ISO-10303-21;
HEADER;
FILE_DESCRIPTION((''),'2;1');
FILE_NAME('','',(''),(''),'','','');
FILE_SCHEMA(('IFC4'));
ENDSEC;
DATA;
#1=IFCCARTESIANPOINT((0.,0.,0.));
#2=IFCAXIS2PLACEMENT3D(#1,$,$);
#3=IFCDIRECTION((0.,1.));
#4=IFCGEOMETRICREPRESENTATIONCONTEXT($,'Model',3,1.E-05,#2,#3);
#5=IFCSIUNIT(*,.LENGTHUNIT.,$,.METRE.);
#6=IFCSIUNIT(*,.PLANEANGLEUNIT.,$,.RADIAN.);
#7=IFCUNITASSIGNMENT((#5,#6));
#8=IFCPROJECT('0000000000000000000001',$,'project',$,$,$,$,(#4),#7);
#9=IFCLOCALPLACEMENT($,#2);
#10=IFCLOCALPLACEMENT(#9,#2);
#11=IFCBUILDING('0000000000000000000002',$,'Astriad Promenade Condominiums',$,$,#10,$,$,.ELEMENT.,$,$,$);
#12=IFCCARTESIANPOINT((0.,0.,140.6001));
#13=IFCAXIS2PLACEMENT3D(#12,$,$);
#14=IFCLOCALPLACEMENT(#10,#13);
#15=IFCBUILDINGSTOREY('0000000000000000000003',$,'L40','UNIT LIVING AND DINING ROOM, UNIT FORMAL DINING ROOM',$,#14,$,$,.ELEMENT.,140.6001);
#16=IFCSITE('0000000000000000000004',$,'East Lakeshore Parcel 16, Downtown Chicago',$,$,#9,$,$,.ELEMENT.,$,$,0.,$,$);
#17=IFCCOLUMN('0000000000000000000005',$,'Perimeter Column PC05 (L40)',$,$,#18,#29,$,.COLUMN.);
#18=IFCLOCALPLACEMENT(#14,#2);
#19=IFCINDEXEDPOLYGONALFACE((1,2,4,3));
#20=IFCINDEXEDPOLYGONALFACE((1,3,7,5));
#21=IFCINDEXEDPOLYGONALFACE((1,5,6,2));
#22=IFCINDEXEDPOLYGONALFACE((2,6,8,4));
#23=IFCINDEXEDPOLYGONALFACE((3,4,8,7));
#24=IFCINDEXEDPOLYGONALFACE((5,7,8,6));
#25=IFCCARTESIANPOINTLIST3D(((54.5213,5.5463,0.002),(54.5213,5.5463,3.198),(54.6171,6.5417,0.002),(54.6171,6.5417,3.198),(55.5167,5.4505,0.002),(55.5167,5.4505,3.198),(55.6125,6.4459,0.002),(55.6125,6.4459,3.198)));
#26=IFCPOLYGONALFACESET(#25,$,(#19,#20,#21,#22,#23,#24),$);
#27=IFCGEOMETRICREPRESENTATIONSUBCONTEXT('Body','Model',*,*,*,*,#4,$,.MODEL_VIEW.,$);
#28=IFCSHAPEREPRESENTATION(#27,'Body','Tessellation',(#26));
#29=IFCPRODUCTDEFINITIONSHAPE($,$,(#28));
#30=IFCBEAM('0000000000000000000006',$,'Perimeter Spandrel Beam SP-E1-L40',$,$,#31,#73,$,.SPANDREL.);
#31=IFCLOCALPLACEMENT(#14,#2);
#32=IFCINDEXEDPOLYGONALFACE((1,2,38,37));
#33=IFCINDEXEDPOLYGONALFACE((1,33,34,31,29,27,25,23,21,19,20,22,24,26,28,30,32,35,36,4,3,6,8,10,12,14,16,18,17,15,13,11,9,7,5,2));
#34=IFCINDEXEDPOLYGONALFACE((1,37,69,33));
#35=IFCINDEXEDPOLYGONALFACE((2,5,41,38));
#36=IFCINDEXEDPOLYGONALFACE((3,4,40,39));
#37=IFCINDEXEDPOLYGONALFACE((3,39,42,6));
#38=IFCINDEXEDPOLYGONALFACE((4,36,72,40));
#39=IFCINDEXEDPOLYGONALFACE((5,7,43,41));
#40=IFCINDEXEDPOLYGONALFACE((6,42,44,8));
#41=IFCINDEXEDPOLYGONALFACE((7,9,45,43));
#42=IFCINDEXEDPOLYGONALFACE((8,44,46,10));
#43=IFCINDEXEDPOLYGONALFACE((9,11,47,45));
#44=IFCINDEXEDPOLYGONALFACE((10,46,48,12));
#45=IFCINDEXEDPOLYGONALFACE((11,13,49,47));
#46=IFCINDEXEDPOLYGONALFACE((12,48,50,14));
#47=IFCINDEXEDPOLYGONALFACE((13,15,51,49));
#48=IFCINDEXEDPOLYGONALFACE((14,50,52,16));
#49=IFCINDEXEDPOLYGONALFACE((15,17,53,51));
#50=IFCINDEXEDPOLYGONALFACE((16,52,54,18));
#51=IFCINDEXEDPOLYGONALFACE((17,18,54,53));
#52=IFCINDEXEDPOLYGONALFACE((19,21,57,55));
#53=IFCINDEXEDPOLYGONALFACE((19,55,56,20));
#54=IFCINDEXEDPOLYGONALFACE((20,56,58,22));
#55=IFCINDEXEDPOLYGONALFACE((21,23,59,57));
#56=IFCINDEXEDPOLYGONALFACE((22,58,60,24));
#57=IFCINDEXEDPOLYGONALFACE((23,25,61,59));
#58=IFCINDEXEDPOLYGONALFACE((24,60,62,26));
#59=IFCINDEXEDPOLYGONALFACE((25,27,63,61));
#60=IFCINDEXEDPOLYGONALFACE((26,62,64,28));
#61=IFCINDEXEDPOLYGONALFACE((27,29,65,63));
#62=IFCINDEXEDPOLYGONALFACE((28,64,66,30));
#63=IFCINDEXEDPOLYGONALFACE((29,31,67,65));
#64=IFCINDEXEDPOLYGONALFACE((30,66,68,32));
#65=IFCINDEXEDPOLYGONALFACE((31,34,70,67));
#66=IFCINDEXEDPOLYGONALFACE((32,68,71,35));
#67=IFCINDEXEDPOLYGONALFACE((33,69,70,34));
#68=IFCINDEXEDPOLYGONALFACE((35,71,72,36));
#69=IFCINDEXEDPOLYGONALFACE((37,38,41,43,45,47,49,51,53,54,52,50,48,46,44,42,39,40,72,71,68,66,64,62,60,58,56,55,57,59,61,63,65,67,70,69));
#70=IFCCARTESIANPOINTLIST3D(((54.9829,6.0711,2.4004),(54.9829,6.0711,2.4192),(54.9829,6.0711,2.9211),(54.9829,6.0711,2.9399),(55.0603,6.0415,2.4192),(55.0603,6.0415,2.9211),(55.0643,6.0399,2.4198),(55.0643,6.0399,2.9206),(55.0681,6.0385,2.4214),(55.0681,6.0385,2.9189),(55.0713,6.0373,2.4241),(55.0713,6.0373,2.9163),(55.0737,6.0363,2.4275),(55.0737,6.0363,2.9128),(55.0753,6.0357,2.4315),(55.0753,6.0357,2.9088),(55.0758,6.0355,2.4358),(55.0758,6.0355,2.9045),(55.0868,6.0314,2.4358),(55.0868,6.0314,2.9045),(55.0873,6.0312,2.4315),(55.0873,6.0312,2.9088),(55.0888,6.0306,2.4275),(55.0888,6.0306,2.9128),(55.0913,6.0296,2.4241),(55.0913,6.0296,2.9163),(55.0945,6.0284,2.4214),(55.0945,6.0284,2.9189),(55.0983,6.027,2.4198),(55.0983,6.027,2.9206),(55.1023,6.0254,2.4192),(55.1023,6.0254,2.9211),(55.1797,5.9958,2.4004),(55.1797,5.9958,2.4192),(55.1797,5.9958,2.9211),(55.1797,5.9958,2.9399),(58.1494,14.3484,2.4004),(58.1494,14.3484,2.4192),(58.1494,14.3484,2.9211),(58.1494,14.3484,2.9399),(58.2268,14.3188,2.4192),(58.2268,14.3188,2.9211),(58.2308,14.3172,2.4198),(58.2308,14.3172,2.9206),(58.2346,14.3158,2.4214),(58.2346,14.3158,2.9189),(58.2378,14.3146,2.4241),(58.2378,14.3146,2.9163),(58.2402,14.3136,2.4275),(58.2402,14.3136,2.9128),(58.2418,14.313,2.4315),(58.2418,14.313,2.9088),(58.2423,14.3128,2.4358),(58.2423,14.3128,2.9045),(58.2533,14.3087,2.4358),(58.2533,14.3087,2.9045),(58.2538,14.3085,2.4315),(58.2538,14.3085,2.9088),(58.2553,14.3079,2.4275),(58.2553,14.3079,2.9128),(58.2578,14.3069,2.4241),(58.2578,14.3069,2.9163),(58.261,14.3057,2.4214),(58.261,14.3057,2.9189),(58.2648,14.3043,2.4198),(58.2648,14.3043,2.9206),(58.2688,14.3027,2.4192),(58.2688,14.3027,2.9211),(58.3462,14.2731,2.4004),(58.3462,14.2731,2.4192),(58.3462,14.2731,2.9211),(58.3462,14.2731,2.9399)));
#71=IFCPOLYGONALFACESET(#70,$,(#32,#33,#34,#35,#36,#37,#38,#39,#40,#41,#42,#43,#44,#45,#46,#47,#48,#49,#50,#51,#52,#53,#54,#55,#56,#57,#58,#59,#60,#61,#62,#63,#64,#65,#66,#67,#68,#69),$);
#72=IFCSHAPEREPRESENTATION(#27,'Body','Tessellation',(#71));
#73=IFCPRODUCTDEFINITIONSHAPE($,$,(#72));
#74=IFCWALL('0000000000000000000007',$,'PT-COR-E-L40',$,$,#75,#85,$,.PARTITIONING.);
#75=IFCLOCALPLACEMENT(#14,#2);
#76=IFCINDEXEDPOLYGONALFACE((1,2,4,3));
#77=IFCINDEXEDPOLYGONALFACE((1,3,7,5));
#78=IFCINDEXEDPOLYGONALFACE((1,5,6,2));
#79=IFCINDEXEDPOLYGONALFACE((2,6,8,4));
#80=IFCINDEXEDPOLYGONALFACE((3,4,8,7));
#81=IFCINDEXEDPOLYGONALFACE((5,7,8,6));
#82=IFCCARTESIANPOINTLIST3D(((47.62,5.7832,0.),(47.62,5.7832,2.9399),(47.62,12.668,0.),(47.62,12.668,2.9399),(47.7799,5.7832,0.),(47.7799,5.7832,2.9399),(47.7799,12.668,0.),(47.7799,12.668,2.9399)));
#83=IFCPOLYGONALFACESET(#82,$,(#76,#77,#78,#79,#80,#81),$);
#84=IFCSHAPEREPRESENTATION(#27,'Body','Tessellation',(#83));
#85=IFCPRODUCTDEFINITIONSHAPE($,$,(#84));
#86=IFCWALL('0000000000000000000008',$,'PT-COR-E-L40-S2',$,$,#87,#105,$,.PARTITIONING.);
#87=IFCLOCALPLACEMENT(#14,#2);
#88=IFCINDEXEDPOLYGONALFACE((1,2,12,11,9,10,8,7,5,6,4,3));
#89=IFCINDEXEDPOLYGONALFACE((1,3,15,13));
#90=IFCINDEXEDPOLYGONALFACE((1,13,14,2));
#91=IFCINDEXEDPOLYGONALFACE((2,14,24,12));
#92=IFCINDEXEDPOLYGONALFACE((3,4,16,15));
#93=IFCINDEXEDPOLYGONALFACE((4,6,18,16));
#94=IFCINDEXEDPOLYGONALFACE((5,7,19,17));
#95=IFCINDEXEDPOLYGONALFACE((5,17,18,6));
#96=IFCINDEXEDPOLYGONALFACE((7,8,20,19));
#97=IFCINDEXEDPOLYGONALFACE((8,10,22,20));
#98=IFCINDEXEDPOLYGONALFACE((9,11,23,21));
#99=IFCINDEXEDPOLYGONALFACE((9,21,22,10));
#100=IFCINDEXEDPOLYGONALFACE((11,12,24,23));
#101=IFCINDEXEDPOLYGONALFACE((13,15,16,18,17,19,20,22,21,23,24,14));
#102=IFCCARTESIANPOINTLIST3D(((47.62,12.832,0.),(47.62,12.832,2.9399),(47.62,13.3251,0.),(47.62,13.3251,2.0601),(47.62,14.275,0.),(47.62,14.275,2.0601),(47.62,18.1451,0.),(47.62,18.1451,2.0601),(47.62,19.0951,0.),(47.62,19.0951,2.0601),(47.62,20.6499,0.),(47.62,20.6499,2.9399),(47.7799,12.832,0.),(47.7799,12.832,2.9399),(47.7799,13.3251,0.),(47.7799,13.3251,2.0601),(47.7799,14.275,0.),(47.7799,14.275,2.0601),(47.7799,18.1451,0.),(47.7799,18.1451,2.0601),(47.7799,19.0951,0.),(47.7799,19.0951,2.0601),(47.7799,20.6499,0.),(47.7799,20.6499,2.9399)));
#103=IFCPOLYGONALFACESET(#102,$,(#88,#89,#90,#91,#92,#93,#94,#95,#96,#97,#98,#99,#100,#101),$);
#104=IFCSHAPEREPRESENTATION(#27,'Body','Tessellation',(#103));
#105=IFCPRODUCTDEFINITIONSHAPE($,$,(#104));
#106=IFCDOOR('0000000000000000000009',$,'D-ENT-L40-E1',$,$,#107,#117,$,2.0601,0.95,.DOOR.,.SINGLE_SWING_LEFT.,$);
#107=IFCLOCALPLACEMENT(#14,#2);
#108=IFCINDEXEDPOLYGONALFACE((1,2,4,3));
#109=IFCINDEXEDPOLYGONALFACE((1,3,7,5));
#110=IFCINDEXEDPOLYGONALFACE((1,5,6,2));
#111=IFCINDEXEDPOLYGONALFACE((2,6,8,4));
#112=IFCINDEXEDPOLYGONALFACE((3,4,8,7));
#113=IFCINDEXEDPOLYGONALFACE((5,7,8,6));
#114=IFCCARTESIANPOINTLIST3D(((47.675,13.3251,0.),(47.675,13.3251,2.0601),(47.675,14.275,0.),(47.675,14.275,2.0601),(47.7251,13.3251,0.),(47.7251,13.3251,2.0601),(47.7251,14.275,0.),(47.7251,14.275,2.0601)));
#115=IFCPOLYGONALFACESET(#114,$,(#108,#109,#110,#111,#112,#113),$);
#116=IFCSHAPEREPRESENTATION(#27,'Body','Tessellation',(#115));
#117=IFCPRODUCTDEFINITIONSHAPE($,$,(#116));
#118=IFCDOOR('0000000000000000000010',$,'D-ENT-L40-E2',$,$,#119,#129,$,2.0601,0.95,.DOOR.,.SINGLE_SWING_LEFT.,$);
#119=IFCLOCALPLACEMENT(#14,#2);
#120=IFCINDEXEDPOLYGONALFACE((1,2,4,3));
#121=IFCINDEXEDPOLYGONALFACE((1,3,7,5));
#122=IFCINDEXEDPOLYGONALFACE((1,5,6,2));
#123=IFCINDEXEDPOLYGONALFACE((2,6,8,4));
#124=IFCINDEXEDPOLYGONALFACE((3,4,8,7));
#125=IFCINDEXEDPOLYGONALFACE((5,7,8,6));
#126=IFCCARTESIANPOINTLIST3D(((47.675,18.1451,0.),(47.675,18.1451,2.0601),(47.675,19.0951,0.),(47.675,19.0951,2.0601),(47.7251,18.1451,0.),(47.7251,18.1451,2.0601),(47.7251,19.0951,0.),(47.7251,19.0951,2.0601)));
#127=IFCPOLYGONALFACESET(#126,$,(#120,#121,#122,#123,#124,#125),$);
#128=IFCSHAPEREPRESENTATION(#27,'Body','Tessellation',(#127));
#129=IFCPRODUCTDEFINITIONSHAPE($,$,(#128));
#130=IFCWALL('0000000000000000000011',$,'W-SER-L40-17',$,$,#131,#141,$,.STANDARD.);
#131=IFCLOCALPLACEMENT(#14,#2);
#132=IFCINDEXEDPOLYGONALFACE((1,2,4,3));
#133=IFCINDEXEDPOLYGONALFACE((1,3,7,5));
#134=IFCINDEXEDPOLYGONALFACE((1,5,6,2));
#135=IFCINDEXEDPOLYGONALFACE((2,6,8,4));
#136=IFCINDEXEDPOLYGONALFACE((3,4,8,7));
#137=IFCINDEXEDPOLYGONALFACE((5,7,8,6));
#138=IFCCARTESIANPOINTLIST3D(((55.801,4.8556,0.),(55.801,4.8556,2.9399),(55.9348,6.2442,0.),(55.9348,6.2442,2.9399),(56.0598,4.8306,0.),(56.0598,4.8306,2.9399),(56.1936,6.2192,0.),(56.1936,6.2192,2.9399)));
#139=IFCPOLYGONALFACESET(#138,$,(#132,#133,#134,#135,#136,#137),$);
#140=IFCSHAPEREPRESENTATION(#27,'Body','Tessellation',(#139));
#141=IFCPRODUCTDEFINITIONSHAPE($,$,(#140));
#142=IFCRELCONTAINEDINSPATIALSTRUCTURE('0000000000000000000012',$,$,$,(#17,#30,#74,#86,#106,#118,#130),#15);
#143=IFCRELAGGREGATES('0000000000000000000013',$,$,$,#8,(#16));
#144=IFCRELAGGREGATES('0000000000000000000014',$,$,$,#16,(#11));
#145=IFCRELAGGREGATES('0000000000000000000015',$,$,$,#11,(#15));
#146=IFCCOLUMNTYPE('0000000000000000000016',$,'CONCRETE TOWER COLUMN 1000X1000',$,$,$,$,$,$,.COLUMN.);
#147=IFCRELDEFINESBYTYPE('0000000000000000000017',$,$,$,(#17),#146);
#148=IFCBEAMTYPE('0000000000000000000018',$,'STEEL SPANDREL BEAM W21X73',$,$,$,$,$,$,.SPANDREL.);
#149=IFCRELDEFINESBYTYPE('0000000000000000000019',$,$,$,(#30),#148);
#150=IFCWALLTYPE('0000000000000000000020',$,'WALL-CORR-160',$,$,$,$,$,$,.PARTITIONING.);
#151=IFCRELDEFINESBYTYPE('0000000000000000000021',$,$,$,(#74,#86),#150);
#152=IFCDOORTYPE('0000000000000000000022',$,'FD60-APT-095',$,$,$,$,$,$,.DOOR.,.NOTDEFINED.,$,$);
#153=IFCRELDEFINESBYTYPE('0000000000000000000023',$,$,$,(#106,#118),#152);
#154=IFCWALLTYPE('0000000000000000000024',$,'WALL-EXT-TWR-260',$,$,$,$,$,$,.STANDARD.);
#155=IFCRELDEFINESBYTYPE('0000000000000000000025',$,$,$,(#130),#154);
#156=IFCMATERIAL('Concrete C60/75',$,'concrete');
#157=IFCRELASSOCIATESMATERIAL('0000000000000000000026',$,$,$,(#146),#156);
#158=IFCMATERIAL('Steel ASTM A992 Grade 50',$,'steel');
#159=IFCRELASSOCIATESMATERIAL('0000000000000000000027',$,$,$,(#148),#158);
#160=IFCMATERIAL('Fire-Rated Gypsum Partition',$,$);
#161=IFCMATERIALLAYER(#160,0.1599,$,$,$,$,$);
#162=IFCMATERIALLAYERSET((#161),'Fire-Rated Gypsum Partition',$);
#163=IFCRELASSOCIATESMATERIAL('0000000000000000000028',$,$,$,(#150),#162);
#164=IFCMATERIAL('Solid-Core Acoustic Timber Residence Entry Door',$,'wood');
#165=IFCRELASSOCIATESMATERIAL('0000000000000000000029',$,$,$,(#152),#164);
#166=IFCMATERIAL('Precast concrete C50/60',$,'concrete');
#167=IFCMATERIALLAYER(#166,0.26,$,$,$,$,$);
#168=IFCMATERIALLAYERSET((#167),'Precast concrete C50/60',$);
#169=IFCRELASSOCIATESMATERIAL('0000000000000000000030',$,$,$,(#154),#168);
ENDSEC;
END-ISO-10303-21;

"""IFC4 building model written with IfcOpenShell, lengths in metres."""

from ifc_helpers import new_model, si_unit, direction, frame, frame_2d, origin, origin_2d, place, context, subcontext, project, spatial, rectangle, i_section, extrude, source, transform, mapped, material, layer, layer_set, material_profile, profile_set, type_object, type_shapes, element, fill, save


model = new_model("IFC4")

# Units and contexts
model_context = context("Model", 3, precision=1e-05, world=origin(), true_north=direction((0.0, 1.0)))
body_context = subcontext(model_context, "Body", "Model", "MODEL_VIEW")
ifc_project = project(units=[si_unit("LENGTHUNIT", "METRE"), si_unit("PLANEANGLEUNIT", "RADIAN")], contexts=[model_context])

# Site, building, storey
site_placement = place(None, origin())
site = spatial("IfcSite", under=ifc_project, at=site_placement, Name="East Lakeshore Parcel 16, Downtown Chicago", CompositionType="ELEMENT", RefElevation=0.0)
building_placement = place(site_placement, origin())
building = spatial("IfcBuilding", under=site, at=building_placement, Name="Astriad Promenade Condominiums", CompositionType="ELEMENT")
storey_placement = place(building_placement, frame((0.0, 0.0, 140.6001)))
storey = spatial("IfcBuildingStorey", under=building, at=storey_placement, Name="L40", Description="UNIT LIVING AND DINING ROOM, UNIT FORMAL DINING ROOM", CompositionType="ELEMENT", Elevation=140.6001)

# Column
ifc_material_1 = material(Name="Concrete C60/75", Category="concrete")
ifc_material_profile_1 = material_profile(ifc_material_1, rectangle(XDim=1.0, YDim=1.0, at=origin_2d()), Name="RC-COL-1000X1000")
ifc_profile_set_1 = profile_set([ifc_material_profile_1], Name="Concrete C60/75")
column_type = type_object("IfcColumnType", Name="CONCRETE TOWER COLUMN 1000X1000", PredefinedType="COLUMN", material=ifc_profile_set_1)
shared_shape_1 = source(origin(), body_context, "Body", "SweptSolid", [
    extrude(rectangle(XDim=1.0, YDim=1.0, at=origin_2d()), origin(), (0.0, 0.0, 1.0), 3.196),
])
type_shapes(column_type, [shared_shape_1])
column_placement = place(storey_placement, frame((55.0669, 5.9961, 0.002), z_axis=(0.0, 0.0, 1.0), x_axis=(0.995396, -0.095846, 0.0)))
element("IfcColumn", 1, at=column_placement, inside=storey, type_object=column_type, Name="Perimeter Column PC05 (L40)", PredefinedType="COLUMN", context=body_context, shape_type="MappedRepresentation", body=[
    mapped(shared_shape_1, transform((0.0, 0.0, 0.0), scale=1.0)),
])

# Beam
ifc_material_2 = material(Name="Steel ASTM A992 Grade 50", Category="steel")
ifc_material_profile_2 = material_profile(ifc_material_2, i_section(OverallWidth=0.2107, OverallDepth=0.5396, WebThickness=0.0117, FlangeThickness=0.0188, FilletRadius=0.0166, at=origin_2d()), Name="W21X73")
ifc_profile_set_2 = profile_set([ifc_material_profile_2], Name="Steel ASTM A992 Grade 50")
beam_type = type_object("IfcBeamType", Name="STEEL SPANDREL BEAM W21X73", PredefinedType="SPANDREL", material=ifc_profile_set_2)
shared_shape_2 = source(origin(), body_context, "Body", "SweptSolid", [
    extrude(i_section(OverallWidth=0.2107, OverallDepth=0.5396, WebThickness=0.0117, FlangeThickness=0.0188, FilletRadius=0.0166, at=origin_2d()), origin(), (0.0, 0.0, 1.0), 8.8623),
])
type_shapes(beam_type, [shared_shape_2])
beam_placement = place(storey_placement, frame((55.0813, 6.0334, 2.6702), z_axis=(0.357299, 0.93399, 0.0), x_axis=(-0.93399, 0.357299, 0.0)))
element("IfcBeam", 2, at=beam_placement, inside=storey, type_object=beam_type, Name="Perimeter Spandrel Beam SP-E1-L40", PredefinedType="SPANDREL", context=body_context, shape_type="MappedRepresentation", body=[
    mapped(shared_shape_2, transform((0.0, 0.0, 0.0), scale=1.0)),
])

# Wall
ifc_material_3 = material(Name="Fire-Rated Gypsum Partition")
ifc_layer_1 = layer(ifc_material_3, 0.1599)
ifc_layer_set_1 = layer_set([ifc_layer_1], Name="Fire-Rated Gypsum Partition")
wall_type_1 = type_object("IfcWallType", Name="WALL-CORR-160", PredefinedType="PARTITIONING", material=ifc_layer_set_1)
wall_1_placement = place(storey_placement, frame((47.7, 5.7832, 0.0), z_axis=(0.0, 0.0, 1.0), x_axis=(0.0, 1.0, 0.0)))
element("IfcWall", 3, at=wall_1_placement, inside=storey, type_object=wall_type_1, Name="PT-COR-E-L40", PredefinedType="PARTITIONING", context=body_context, shape_type="SweptSolid", body=[
    extrude(rectangle(XDim=6.8848, YDim=0.1599, at=frame_2d((3.4424, 0.0))), origin(), (0.0, 0.0, 1.0), 2.9399),
])

# Wall, openings, doors
wall_2_placement = place(storey_placement, frame((47.7, 12.832, 0.0), z_axis=(0.0, 0.0, 1.0), x_axis=(0.0, 1.0, 0.0)))
wall_2 = element("IfcWall", 4, at=wall_2_placement, inside=storey, type_object=wall_type_1, Name="PT-COR-E-L40-S2", PredefinedType="PARTITIONING", context=body_context, shape_type="SweptSolid", body=[
    extrude(rectangle(XDim=7.8179, YDim=0.1599, at=frame_2d((3.9089, 0.0))), origin(), (0.0, 0.0, 1.0), 2.9399),
])
opening_1_placement = place(wall_2_placement, frame((0.4929, 0.0, 0.0)))
opening_1 = element("IfcOpeningElement", 5, at=opening_1_placement, cuts=wall_2, PredefinedType="OPENING", context=body_context, shape_type="SweptSolid", body=[
    extrude(rectangle(XDim=0.95, YDim=2.0601, at=frame_2d((0.4751, 1.03))), frame((0.0, 0.0898, 0.0), z_axis=(0.0, -1.0, 0.0), x_axis=(1.0, 0.0, 0.0)), (0.0, 0.0, 1.0), 0.1799),
])
opening_2_placement = place(wall_2_placement, frame((5.313, 0.0, 0.0)))
opening_2 = element("IfcOpeningElement", 6, at=opening_2_placement, cuts=wall_2, PredefinedType="OPENING", context=body_context, shape_type="SweptSolid", body=[
    extrude(rectangle(XDim=0.95, YDim=2.0601, at=frame_2d((0.4751, 1.03))), frame((0.0, 0.0898, 0.0), z_axis=(0.0, -1.0, 0.0), x_axis=(1.0, 0.0, 0.0)), (0.0, 0.0, 1.0), 0.1799),
])
ifc_material_4 = material(Name="Solid-Core Acoustic Timber Residence Entry Door", Category="wood")
door_type_1 = type_object("IfcDoorType", Name="FD60-APT-095", OperationType="NOTDEFINED", PredefinedType="DOOR", material=ifc_material_4)
shared_shape_3 = source(origin(), body_context, "Body", "SweptSolid", [
    extrude(rectangle(XDim=0.95, YDim=2.0601, at=frame_2d((0.4751, 1.03))), frame((0.0, 0.0249, 0.0), z_axis=(0.0, -1.0, 0.0), x_axis=(1.0, 0.0, 0.0)), (0.0, 0.0, 1.0), 0.05),
])
type_shapes(door_type_1, [shared_shape_3])
door_1_placement = place(opening_1_placement, origin())
door_1 = element("IfcDoor", 7, at=door_1_placement, inside=storey, type_object=door_type_1, Name="D-ENT-L40-E1", OperationType="SINGLE_SWING_LEFT", OverallHeight=2.0601, OverallWidth=0.95, PredefinedType="DOOR", context=body_context, shape_type="MappedRepresentation", body=[
    mapped(shared_shape_3, transform((0.0, 0.0, 0.0), scale=1.0)),
])
fill(opening_1, door_1)
door_2_placement = place(opening_2_placement, origin())
door_2 = element("IfcDoor", 8, at=door_2_placement, inside=storey, type_object=door_type_1, Name="D-ENT-L40-E2", OperationType="SINGLE_SWING_LEFT", OverallHeight=2.0601, OverallWidth=0.95, PredefinedType="DOOR", context=body_context, shape_type="MappedRepresentation", body=[
    mapped(shared_shape_3, transform((0.0, 0.0, 0.0), scale=1.0)),
])
fill(opening_2, door_2)

# Wall
ifc_material_5 = material(Name="Precast concrete C50/60", Category="concrete")
ifc_layer_2 = layer(ifc_material_5, 0.26)
ifc_layer_set_2 = layer_set([ifc_layer_2], Name="Precast concrete C50/60")
wall_type_2 = type_object("IfcWallType", Name="WALL-EXT-TWR-260", PredefinedType="STANDARD", material=ifc_layer_set_2)
wall_3_placement = place(storey_placement, frame((56.0642, 6.2317, 0.0), z_axis=(0.0, 0.0, 1.0), x_axis=(-0.095899, -0.995391, 0.0)))
element("IfcWall", 9, at=wall_3_placement, inside=storey, type_object=wall_type_2, Name="W-SER-L40-17", PredefinedType="STANDARD", context=body_context, shape_type="SweptSolid", body=[
    extrude(rectangle(XDim=1.395, YDim=0.26, at=frame_2d((0.6975, 0.0))), origin(), (0.0, 0.0, 1.0), 2.9399),
])

save(model, "model.ifc")
